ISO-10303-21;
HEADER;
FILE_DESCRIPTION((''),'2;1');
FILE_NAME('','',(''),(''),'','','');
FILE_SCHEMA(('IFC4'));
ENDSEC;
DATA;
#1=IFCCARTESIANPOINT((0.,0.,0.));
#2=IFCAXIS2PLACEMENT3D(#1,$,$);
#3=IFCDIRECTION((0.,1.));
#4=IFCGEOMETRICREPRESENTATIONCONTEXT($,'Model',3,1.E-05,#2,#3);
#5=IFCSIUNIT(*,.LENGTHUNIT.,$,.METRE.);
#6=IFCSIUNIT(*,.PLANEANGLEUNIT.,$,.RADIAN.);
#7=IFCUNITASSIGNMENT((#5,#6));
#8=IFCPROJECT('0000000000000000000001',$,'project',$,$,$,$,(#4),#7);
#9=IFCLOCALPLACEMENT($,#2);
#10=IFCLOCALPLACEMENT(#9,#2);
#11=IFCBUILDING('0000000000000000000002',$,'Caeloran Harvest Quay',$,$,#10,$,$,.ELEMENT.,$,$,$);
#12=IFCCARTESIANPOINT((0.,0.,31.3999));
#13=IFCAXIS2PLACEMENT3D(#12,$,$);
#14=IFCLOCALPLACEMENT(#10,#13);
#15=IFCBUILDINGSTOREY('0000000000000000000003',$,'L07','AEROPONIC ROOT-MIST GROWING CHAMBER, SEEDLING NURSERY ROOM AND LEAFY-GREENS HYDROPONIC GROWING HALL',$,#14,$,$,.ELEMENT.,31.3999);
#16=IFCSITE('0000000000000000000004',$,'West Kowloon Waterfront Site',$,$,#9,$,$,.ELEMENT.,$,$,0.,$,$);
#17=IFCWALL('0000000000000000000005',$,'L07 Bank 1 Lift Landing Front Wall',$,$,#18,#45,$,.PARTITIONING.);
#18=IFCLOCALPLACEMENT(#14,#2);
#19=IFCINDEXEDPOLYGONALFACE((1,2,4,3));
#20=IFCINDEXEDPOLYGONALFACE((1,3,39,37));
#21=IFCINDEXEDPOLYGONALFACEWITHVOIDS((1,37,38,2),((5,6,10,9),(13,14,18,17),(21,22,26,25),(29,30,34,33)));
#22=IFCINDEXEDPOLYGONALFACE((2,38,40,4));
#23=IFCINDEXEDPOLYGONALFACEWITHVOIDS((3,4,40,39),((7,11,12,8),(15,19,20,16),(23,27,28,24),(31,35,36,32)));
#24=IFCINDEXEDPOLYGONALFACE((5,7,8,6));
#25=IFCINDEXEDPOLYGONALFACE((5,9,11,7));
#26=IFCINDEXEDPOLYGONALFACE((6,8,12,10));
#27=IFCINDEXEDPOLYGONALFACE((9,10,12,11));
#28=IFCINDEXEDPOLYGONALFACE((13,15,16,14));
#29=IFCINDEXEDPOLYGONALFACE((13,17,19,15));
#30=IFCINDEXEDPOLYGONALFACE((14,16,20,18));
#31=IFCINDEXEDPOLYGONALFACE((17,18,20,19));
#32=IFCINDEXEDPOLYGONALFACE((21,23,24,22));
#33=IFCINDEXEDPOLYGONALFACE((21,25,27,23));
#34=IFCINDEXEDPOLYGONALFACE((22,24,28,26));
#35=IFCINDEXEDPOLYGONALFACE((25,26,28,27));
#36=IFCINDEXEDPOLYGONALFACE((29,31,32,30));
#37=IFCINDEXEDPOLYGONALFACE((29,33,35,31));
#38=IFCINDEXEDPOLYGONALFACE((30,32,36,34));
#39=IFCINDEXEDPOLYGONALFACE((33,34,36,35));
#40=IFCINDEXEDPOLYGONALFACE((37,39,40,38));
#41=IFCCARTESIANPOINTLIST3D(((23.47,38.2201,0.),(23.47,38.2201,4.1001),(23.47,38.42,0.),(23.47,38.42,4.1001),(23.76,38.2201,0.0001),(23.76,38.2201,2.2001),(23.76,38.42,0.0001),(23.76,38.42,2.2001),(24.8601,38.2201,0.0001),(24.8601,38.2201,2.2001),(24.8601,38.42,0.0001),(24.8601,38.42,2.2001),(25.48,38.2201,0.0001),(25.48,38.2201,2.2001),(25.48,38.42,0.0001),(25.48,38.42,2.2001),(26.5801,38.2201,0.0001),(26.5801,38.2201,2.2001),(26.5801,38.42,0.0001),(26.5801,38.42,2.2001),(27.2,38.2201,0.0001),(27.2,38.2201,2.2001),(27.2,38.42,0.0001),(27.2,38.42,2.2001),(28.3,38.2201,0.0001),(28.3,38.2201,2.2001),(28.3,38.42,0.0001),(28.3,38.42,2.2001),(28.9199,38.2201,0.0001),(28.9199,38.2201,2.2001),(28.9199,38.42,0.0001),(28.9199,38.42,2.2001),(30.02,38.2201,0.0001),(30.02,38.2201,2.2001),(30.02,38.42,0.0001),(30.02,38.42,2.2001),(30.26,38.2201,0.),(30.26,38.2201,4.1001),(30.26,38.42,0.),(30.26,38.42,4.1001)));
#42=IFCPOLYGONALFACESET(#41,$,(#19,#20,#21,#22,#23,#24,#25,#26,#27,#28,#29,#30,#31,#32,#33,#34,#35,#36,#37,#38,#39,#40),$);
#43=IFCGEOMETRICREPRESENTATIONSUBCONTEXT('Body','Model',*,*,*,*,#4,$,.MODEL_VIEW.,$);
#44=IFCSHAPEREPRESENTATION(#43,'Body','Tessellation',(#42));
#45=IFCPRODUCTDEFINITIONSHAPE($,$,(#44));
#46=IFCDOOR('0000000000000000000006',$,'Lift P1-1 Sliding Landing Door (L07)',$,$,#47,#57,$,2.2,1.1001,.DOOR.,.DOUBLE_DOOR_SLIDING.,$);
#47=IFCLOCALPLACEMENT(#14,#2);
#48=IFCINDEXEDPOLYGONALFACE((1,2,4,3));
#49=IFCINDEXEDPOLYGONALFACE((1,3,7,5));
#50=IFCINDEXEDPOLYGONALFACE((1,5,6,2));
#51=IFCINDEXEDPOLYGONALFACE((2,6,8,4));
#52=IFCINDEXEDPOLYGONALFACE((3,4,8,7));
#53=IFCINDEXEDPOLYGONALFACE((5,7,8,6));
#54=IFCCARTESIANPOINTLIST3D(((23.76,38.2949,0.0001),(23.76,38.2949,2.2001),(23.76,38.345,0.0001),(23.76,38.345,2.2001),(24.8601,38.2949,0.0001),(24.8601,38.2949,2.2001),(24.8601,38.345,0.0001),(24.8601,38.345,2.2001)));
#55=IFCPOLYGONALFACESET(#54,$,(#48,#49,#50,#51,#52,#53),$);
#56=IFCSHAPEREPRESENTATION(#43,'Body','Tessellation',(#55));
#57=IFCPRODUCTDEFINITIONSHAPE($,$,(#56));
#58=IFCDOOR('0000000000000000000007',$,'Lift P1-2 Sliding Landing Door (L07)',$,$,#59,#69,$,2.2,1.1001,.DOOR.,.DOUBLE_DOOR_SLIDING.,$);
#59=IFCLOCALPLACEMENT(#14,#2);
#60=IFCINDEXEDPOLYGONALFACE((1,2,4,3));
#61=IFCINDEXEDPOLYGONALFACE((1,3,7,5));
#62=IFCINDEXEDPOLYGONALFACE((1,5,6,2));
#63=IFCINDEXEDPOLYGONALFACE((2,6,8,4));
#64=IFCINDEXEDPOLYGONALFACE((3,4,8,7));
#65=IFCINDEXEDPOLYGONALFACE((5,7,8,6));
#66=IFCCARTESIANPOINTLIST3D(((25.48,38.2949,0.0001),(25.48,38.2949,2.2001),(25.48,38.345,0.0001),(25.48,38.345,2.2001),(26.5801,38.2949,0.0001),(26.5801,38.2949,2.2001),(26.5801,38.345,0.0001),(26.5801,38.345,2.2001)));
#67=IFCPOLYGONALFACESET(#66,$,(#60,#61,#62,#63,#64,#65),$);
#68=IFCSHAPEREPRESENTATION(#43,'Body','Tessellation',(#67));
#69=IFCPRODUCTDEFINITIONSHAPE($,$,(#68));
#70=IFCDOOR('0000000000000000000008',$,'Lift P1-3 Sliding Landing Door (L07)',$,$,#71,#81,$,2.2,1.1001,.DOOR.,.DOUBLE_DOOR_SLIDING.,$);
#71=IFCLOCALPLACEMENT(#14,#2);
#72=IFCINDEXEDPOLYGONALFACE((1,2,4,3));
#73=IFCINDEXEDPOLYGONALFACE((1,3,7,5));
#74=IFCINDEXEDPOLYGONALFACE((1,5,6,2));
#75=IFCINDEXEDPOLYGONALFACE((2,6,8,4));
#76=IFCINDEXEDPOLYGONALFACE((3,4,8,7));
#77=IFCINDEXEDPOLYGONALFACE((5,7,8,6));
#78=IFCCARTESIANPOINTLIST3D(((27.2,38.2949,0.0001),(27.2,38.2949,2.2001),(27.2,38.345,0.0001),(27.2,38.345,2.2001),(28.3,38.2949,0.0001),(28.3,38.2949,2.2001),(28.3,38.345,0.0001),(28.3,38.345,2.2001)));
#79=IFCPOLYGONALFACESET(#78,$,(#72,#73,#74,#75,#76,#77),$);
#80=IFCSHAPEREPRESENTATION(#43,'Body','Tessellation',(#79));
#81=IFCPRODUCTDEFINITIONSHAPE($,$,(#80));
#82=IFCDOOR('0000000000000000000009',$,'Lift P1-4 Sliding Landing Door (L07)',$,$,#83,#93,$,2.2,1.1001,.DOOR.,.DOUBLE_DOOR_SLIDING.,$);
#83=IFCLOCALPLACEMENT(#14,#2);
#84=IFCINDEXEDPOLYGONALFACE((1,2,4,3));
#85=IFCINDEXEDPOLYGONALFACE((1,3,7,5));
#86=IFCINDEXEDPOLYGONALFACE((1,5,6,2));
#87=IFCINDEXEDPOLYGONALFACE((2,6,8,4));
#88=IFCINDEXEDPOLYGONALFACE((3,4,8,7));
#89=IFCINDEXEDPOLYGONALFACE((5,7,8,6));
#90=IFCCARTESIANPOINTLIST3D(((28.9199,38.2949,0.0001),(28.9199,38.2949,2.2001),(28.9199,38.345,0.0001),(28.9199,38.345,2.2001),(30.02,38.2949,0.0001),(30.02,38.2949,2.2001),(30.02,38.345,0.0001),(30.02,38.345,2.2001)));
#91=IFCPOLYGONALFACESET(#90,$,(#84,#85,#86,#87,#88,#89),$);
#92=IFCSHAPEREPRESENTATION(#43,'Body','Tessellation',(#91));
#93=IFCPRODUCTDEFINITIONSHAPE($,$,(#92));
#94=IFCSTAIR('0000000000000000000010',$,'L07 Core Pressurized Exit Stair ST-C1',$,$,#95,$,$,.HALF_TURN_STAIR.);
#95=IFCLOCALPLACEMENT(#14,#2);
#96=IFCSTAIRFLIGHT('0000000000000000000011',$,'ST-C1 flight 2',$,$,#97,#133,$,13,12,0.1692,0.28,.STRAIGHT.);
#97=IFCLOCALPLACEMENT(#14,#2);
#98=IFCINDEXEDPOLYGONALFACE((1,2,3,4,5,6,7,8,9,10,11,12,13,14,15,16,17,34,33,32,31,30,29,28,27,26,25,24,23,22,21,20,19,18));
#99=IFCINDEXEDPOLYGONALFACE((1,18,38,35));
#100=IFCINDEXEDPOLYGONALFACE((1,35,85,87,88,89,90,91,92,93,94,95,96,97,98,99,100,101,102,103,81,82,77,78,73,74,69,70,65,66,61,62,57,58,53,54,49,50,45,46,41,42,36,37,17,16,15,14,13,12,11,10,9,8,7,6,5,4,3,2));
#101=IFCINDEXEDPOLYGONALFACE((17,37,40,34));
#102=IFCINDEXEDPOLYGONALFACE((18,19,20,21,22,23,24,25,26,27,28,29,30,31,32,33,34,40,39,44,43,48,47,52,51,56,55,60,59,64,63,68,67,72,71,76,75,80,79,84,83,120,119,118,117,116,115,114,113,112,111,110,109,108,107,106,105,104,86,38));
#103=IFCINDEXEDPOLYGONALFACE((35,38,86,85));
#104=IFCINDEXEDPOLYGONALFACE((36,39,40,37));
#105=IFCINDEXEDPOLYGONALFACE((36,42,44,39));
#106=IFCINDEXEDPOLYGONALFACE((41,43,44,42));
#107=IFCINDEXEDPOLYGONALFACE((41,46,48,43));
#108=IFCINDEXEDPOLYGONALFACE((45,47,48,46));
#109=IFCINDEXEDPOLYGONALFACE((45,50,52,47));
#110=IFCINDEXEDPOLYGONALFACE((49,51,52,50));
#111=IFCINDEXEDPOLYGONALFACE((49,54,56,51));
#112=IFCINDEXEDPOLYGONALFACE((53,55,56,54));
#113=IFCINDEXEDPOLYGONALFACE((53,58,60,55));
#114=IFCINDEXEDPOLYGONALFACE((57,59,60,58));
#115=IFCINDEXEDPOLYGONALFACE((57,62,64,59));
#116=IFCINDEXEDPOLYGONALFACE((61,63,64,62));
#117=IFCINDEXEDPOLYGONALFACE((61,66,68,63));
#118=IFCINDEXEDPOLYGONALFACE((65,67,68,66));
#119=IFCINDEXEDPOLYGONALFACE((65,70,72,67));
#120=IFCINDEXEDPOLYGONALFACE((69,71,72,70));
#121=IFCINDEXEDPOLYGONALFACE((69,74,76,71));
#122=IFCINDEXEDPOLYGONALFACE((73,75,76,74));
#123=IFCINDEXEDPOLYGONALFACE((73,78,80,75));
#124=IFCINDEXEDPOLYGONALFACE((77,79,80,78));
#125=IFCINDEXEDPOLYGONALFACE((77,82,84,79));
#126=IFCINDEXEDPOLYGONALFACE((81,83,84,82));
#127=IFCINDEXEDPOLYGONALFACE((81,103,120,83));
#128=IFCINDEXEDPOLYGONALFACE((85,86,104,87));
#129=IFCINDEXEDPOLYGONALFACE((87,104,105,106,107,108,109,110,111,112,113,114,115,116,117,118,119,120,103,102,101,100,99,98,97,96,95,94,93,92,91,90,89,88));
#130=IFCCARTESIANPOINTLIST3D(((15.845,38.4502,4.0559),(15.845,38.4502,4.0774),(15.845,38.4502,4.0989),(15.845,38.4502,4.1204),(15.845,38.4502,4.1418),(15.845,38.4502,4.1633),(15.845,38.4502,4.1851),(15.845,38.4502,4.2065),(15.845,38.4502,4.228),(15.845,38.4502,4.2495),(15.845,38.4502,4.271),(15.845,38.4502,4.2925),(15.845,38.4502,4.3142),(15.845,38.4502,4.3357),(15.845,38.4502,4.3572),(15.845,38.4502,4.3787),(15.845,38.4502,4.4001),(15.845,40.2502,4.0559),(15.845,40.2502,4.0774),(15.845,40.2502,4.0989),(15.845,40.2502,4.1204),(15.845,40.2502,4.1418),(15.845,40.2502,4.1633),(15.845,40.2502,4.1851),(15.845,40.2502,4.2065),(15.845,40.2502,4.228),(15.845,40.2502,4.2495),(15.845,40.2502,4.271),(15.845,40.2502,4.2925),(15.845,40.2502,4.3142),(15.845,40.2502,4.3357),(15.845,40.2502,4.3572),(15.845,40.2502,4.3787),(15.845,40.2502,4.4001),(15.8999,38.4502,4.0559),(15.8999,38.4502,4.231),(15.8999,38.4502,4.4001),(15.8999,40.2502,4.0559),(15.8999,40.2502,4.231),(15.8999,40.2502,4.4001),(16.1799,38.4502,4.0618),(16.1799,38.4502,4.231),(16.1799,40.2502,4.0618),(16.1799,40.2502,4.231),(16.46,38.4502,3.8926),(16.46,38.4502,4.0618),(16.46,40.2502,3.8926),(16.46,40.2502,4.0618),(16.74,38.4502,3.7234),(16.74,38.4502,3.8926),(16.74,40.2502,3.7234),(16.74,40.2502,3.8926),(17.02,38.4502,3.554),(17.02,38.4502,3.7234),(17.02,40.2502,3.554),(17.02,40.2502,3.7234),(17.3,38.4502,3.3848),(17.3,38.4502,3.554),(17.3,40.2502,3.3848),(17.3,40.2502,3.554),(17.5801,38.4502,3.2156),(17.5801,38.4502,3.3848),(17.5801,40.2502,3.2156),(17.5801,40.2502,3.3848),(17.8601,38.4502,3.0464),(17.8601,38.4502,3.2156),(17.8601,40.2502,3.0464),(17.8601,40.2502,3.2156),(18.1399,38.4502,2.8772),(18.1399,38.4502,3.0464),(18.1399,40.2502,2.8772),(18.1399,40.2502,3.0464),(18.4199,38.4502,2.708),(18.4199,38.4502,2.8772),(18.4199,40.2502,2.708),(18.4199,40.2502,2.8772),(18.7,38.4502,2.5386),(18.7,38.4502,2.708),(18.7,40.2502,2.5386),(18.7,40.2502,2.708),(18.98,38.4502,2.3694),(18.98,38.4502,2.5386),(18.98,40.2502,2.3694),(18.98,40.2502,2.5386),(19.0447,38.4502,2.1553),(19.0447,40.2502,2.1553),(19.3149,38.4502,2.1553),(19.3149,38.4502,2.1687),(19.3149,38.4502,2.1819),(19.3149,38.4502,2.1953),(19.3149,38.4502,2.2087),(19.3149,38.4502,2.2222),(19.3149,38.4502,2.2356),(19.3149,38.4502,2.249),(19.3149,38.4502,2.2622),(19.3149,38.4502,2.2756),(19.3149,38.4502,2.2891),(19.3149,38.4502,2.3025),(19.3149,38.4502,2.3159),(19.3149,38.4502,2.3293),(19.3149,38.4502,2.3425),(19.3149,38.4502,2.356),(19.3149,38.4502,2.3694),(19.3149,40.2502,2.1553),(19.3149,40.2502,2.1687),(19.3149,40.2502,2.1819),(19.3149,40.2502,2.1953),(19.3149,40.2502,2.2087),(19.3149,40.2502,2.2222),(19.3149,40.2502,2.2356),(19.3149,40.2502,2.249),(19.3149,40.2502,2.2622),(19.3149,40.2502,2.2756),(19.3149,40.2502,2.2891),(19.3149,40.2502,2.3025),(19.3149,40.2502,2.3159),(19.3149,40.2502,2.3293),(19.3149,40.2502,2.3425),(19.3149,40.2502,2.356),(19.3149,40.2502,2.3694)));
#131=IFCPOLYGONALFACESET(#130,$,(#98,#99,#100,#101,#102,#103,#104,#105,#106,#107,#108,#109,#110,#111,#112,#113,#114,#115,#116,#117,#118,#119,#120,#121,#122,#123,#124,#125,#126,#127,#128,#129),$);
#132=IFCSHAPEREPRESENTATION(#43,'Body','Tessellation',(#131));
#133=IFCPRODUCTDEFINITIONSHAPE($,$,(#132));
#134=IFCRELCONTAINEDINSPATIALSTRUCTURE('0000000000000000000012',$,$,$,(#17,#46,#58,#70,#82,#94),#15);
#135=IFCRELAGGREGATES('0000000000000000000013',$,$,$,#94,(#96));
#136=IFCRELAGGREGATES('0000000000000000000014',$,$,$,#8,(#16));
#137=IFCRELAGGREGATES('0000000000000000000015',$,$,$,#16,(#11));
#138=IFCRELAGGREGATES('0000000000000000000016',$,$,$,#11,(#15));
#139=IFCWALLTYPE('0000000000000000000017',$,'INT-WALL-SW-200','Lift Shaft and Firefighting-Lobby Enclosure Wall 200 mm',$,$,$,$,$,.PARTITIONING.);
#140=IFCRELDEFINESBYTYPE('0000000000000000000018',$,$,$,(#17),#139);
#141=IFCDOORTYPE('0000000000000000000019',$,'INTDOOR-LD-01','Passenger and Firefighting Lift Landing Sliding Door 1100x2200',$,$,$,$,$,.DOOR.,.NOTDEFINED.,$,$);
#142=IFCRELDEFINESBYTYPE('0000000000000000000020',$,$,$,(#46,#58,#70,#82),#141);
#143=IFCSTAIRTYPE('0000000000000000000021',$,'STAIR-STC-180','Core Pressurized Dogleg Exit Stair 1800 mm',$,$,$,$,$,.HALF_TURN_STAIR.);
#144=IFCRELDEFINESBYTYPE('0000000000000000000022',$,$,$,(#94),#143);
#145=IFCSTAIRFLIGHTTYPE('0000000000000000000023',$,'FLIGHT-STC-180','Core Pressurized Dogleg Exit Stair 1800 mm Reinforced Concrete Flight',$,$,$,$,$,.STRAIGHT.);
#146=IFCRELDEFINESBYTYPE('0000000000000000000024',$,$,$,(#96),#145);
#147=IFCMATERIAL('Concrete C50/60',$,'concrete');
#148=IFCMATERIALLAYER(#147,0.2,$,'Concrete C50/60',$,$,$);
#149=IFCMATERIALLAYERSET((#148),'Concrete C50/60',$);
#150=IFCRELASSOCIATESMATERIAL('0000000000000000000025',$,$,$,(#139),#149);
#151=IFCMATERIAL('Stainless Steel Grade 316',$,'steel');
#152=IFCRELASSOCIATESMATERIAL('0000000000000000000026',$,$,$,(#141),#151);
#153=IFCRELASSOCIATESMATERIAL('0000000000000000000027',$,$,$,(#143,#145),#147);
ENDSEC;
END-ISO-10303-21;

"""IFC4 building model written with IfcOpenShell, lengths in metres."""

from ifc_helpers import new_model, si_unit, direction, frame, frame_2d, origin, place, context, subcontext, project, spatial, polyline, rectangle, outline, extrude, material, layer, layer_set, type_object, element, fill, aggregate, save


model = new_model("IFC4")

# Units and contexts
model_context = context("Model", 3, precision=1e-05, world=origin(), true_north=direction((0.0, 1.0)))
body_context = subcontext(model_context, "Body", "Model", "MODEL_VIEW")
ifc_project = project(units=[si_unit("LENGTHUNIT", "METRE"), si_unit("PLANEANGLEUNIT", "RADIAN")], contexts=[model_context])

# Site, building, storey
site_placement = place(None, origin())
site = spatial("IfcSite", under=ifc_project, at=site_placement, Name="West Kowloon Waterfront Site", CompositionType="ELEMENT", RefElevation=0.0)
building_placement = place(site_placement, origin())
building = spatial("IfcBuilding", under=site, at=building_placement, Name="Caeloran Harvest Quay", CompositionType="ELEMENT")
storey_placement = place(building_placement, frame((0.0, 0.0, 31.3999)))
storey = spatial("IfcBuildingStorey", under=building, at=storey_placement, Name="L07", Description="AEROPONIC ROOT-MIST GROWING CHAMBER, SEEDLING NURSERY ROOM AND LEAFY-GREENS HYDROPONIC GROWING HALL", CompositionType="ELEMENT", Elevation=31.3999)

# Shared definitions
ifc_material_1 = material(Name="Concrete C50/60", Category="concrete")
ifc_layer_1 = layer(ifc_material_1, 0.2, Name="Concrete C50/60")
ifc_layer_set_1 = layer_set([ifc_layer_1], Name="Concrete C50/60")
wall_type_1 = type_object("IfcWallType", Name="INT-WALL-SW-200", Description="Lift Shaft and Firefighting-Lobby Enclosure Wall 200 mm", PredefinedType="PARTITIONING", material=ifc_layer_set_1)
ifc_material_2 = material(Name="Stainless Steel Grade 316", Category="steel")

# Wall, openings, doors
wall_1_placement = place(storey_placement, frame((23.47, 38.3201, 0.0), z_axis=(0.0, 0.0, 1.0), x_axis=(1.0, 0.0, 0.0)))
wall_1 = element("IfcWall", 1, at=wall_1_placement, inside=storey, type_object=wall_type_1, Name="L07 Bank 1 Lift Landing Front Wall", PredefinedType="PARTITIONING", context=body_context, shape_type="SweptSolid", body=[
    extrude(rectangle(XDim=6.79, YDim=0.2, at=frame_2d((3.395, 0.0))), origin(), (0.0, 0.0, 1.0), 4.1001),
])
opening_1_placement = place(wall_1_placement, frame((0.29, 0.0, 0.0)))
opening_1 = element("IfcOpeningElement", 2, at=opening_1_placement, cuts=wall_1, PredefinedType="OPENING", context=body_context, shape_type="SweptSolid", body=[
    extrude(rectangle(XDim=1.1001, YDim=2.2, at=frame_2d((0.55, 1.1001))), frame((0.0, 0.1099, 0.0), z_axis=(0.0, -1.0, 0.0), x_axis=(1.0, 0.0, 0.0)), (0.0, 0.0, 1.0), 0.22),
])
opening_2_placement = place(wall_1_placement, frame((2.01, 0.0, 0.0)))
opening_2 = element("IfcOpeningElement", 3, at=opening_2_placement, cuts=wall_1, PredefinedType="OPENING", context=body_context, shape_type="SweptSolid", body=[
    extrude(rectangle(XDim=1.1001, YDim=2.2, at=frame_2d((0.55, 1.1001))), frame((0.0, 0.1099, 0.0), z_axis=(0.0, -1.0, 0.0), x_axis=(1.0, 0.0, 0.0)), (0.0, 0.0, 1.0), 0.22),
])
opening_3_placement = place(wall_1_placement, frame((3.73, 0.0, 0.0)))
opening_3 = element("IfcOpeningElement", 4, at=opening_3_placement, cuts=wall_1, PredefinedType="OPENING", context=body_context, shape_type="SweptSolid", body=[
    extrude(rectangle(XDim=1.1001, YDim=2.2, at=frame_2d((0.55, 1.1001))), frame((0.0, 0.1099, 0.0), z_axis=(0.0, -1.0, 0.0), x_axis=(1.0, 0.0, 0.0)), (0.0, 0.0, 1.0), 0.22),
])
opening_4_placement = place(wall_1_placement, frame((5.45, 0.0, 0.0)))
opening_4 = element("IfcOpeningElement", 5, at=opening_4_placement, cuts=wall_1, PredefinedType="OPENING", context=body_context, shape_type="SweptSolid", body=[
    extrude(rectangle(XDim=1.1001, YDim=2.2, at=frame_2d((0.55, 1.1001))), frame((0.0, 0.1099, 0.0), z_axis=(0.0, -1.0, 0.0), x_axis=(1.0, 0.0, 0.0)), (0.0, 0.0, 1.0), 0.22),
])
door_type_1 = type_object("IfcDoorType", Name="INTDOOR-LD-01", Description="Passenger and Firefighting Lift Landing Sliding Door 1100x2200", OperationType="NOTDEFINED", PredefinedType="DOOR", material=ifc_material_2)
door_1_placement = place(opening_1_placement, origin())
door_1 = element("IfcDoor", 6, at=door_1_placement, inside=storey, type_object=door_type_1, Name="Lift P1-1 Sliding Landing Door (L07)", OperationType="DOUBLE_DOOR_SLIDING", OverallHeight=2.2, OverallWidth=1.1001, PredefinedType="DOOR", context=body_context, shape_type="SweptSolid", body=[
    extrude(rectangle(XDim=1.1001, YDim=2.2, at=frame_2d((0.55, 1.1001))), frame((0.0, 0.0249, 0.0), z_axis=(0.0, -1.0, 0.0), x_axis=(1.0, 0.0, 0.0)), (0.0, 0.0, 1.0), 0.05),
])
fill(opening_1, door_1)
door_2_placement = place(opening_2_placement, origin())
door_2 = element("IfcDoor", 7, at=door_2_placement, inside=storey, type_object=door_type_1, Name="Lift P1-2 Sliding Landing Door (L07)", OperationType="DOUBLE_DOOR_SLIDING", OverallHeight=2.2, OverallWidth=1.1001, PredefinedType="DOOR", context=body_context, shape_type="SweptSolid", body=[
    extrude(rectangle(XDim=1.1001, YDim=2.2, at=frame_2d((0.55, 1.1001))), frame((0.0, 0.0249, 0.0), z_axis=(0.0, -1.0, 0.0), x_axis=(1.0, 0.0, 0.0)), (0.0, 0.0, 1.0), 0.05),
])
fill(opening_2, door_2)
door_3_placement = place(opening_3_placement, origin())
door_3 = element("IfcDoor", 8, at=door_3_placement, inside=storey, type_object=door_type_1, Name="Lift P1-3 Sliding Landing Door (L07)", OperationType="DOUBLE_DOOR_SLIDING", OverallHeight=2.2, OverallWidth=1.1001, PredefinedType="DOOR", context=body_context, shape_type="SweptSolid", body=[
    extrude(rectangle(XDim=1.1001, YDim=2.2, at=frame_2d((0.55, 1.1001))), frame((0.0, 0.0249, 0.0), z_axis=(0.0, -1.0, 0.0), x_axis=(1.0, 0.0, 0.0)), (0.0, 0.0, 1.0), 0.05),
])
fill(opening_3, door_3)
door_4_placement = place(opening_4_placement, origin())
door_4 = element("IfcDoor", 9, at=door_4_placement, inside=storey, type_object=door_type_1, Name="Lift P1-4 Sliding Landing Door (L07)", OperationType="DOUBLE_DOOR_SLIDING", OverallHeight=2.2, OverallWidth=1.1001, PredefinedType="DOOR", context=body_context, shape_type="SweptSolid", body=[
    extrude(rectangle(XDim=1.1001, YDim=2.2, at=frame_2d((0.55, 1.1001))), frame((0.0, 0.0249, 0.0), z_axis=(0.0, -1.0, 0.0), x_axis=(1.0, 0.0, 0.0)), (0.0, 0.0, 1.0), 0.05),
])
fill(opening_4, door_4)

# Stair, stair flight
stair_type = type_object("IfcStairType", Name="STAIR-STC-180", Description="Core Pressurized Dogleg Exit Stair 1800 mm", PredefinedType="HALF_TURN_STAIR", material=ifc_material_1)
stair_1_placement = place(storey_placement, origin())
stair_1 = element("IfcStair", 10, at=stair_1_placement, inside=storey, type_object=stair_type, Name="L07 Core Pressurized Exit Stair ST-C1", PredefinedType="HALF_TURN_STAIR")
stair_flight_type = type_object("IfcStairFlightType", Name="FLIGHT-STC-180", Description="Core Pressurized Dogleg Exit Stair 1800 mm Reinforced Concrete Flight", PredefinedType="STRAIGHT", material=ifc_material_1)
stair_flight_1_placement = place(storey_placement, frame((19.26, 39.3501, 2.2002), z_axis=(0.0, 0.0, 1.0), x_axis=(-1.0, 0.0, 0.0)))
stair_flight_1 = element("IfcStairFlight", 11, at=stair_flight_1_placement, type_object=stair_flight_type, Name="ST-C1 flight 2", NumberOfRisers=13, NumberOfTreads=12, PredefinedType="STRAIGHT", RiserHeight=0.1692, TreadLength=0.28, context=body_context, shape_type="SweptSolid", body=[
    extrude(outline(polyline([(-0.0549, -0.0449), (-0.0549, -0.0315), (-0.0549, -0.0183), (-0.0549, -0.0049), (-0.0549, 0.0085), (-0.0549, 0.022), (-0.0549, 0.0354), (-0.0549, 0.0488), (-0.0549, 0.062), (-0.0549, 0.0754), (-0.0549, 0.0889), (-0.0549, 0.1023), (-0.0549, 0.1157), (-0.0549, 0.1292), (-0.0549, 0.1423), (-0.0549, 0.1558), (-0.0549, 0.1692), (0.28, 0.1692), (0.28, 0.3384), (0.5601, 0.3384), (0.5601, 0.5078), (0.8401, 0.5078), (0.8401, 0.677), (1.1201, 0.677), (1.1201, 0.8462), (1.3999, 0.8462), (1.3999, 1.0154), (1.6799, 1.0154), (1.6799, 1.1846), (1.96, 1.1846), (1.96, 1.3538), (2.24, 1.3538), (2.24, 1.5232), (2.52, 1.5232), (2.52, 1.6924), (2.8, 1.6924), (2.8, 1.8616), (3.0801, 1.8616), (3.0801, 2.0308), (3.3601, 2.0308), (3.3601, 2.2), (3.415, 2.2), (3.415, 2.1785), (3.415, 2.157), (3.415, 2.1355), (3.415, 2.114), (3.415, 2.0923), (3.415, 2.0708), (3.415, 2.0493), (3.415, 2.0278), (3.415, 2.0063), (3.415, 1.9849), (3.415, 1.9631), (3.415, 1.9417), (3.415, 1.9202), (3.415, 1.8987), (3.415, 1.8772), (3.415, 1.8557), (3.3601, 1.8557), (0.2153, -0.0449), (-0.0549, -0.0449)])), frame((0.0, 0.8999, 0.0), z_axis=(0.0, -1.0, 0.0), x_axis=(1.0, 0.0, 0.0)), (0.0, 0.0, 1.0), 1.8),
])
aggregate(stair_1, [stair_flight_1])

save(model, "model.ifc")
